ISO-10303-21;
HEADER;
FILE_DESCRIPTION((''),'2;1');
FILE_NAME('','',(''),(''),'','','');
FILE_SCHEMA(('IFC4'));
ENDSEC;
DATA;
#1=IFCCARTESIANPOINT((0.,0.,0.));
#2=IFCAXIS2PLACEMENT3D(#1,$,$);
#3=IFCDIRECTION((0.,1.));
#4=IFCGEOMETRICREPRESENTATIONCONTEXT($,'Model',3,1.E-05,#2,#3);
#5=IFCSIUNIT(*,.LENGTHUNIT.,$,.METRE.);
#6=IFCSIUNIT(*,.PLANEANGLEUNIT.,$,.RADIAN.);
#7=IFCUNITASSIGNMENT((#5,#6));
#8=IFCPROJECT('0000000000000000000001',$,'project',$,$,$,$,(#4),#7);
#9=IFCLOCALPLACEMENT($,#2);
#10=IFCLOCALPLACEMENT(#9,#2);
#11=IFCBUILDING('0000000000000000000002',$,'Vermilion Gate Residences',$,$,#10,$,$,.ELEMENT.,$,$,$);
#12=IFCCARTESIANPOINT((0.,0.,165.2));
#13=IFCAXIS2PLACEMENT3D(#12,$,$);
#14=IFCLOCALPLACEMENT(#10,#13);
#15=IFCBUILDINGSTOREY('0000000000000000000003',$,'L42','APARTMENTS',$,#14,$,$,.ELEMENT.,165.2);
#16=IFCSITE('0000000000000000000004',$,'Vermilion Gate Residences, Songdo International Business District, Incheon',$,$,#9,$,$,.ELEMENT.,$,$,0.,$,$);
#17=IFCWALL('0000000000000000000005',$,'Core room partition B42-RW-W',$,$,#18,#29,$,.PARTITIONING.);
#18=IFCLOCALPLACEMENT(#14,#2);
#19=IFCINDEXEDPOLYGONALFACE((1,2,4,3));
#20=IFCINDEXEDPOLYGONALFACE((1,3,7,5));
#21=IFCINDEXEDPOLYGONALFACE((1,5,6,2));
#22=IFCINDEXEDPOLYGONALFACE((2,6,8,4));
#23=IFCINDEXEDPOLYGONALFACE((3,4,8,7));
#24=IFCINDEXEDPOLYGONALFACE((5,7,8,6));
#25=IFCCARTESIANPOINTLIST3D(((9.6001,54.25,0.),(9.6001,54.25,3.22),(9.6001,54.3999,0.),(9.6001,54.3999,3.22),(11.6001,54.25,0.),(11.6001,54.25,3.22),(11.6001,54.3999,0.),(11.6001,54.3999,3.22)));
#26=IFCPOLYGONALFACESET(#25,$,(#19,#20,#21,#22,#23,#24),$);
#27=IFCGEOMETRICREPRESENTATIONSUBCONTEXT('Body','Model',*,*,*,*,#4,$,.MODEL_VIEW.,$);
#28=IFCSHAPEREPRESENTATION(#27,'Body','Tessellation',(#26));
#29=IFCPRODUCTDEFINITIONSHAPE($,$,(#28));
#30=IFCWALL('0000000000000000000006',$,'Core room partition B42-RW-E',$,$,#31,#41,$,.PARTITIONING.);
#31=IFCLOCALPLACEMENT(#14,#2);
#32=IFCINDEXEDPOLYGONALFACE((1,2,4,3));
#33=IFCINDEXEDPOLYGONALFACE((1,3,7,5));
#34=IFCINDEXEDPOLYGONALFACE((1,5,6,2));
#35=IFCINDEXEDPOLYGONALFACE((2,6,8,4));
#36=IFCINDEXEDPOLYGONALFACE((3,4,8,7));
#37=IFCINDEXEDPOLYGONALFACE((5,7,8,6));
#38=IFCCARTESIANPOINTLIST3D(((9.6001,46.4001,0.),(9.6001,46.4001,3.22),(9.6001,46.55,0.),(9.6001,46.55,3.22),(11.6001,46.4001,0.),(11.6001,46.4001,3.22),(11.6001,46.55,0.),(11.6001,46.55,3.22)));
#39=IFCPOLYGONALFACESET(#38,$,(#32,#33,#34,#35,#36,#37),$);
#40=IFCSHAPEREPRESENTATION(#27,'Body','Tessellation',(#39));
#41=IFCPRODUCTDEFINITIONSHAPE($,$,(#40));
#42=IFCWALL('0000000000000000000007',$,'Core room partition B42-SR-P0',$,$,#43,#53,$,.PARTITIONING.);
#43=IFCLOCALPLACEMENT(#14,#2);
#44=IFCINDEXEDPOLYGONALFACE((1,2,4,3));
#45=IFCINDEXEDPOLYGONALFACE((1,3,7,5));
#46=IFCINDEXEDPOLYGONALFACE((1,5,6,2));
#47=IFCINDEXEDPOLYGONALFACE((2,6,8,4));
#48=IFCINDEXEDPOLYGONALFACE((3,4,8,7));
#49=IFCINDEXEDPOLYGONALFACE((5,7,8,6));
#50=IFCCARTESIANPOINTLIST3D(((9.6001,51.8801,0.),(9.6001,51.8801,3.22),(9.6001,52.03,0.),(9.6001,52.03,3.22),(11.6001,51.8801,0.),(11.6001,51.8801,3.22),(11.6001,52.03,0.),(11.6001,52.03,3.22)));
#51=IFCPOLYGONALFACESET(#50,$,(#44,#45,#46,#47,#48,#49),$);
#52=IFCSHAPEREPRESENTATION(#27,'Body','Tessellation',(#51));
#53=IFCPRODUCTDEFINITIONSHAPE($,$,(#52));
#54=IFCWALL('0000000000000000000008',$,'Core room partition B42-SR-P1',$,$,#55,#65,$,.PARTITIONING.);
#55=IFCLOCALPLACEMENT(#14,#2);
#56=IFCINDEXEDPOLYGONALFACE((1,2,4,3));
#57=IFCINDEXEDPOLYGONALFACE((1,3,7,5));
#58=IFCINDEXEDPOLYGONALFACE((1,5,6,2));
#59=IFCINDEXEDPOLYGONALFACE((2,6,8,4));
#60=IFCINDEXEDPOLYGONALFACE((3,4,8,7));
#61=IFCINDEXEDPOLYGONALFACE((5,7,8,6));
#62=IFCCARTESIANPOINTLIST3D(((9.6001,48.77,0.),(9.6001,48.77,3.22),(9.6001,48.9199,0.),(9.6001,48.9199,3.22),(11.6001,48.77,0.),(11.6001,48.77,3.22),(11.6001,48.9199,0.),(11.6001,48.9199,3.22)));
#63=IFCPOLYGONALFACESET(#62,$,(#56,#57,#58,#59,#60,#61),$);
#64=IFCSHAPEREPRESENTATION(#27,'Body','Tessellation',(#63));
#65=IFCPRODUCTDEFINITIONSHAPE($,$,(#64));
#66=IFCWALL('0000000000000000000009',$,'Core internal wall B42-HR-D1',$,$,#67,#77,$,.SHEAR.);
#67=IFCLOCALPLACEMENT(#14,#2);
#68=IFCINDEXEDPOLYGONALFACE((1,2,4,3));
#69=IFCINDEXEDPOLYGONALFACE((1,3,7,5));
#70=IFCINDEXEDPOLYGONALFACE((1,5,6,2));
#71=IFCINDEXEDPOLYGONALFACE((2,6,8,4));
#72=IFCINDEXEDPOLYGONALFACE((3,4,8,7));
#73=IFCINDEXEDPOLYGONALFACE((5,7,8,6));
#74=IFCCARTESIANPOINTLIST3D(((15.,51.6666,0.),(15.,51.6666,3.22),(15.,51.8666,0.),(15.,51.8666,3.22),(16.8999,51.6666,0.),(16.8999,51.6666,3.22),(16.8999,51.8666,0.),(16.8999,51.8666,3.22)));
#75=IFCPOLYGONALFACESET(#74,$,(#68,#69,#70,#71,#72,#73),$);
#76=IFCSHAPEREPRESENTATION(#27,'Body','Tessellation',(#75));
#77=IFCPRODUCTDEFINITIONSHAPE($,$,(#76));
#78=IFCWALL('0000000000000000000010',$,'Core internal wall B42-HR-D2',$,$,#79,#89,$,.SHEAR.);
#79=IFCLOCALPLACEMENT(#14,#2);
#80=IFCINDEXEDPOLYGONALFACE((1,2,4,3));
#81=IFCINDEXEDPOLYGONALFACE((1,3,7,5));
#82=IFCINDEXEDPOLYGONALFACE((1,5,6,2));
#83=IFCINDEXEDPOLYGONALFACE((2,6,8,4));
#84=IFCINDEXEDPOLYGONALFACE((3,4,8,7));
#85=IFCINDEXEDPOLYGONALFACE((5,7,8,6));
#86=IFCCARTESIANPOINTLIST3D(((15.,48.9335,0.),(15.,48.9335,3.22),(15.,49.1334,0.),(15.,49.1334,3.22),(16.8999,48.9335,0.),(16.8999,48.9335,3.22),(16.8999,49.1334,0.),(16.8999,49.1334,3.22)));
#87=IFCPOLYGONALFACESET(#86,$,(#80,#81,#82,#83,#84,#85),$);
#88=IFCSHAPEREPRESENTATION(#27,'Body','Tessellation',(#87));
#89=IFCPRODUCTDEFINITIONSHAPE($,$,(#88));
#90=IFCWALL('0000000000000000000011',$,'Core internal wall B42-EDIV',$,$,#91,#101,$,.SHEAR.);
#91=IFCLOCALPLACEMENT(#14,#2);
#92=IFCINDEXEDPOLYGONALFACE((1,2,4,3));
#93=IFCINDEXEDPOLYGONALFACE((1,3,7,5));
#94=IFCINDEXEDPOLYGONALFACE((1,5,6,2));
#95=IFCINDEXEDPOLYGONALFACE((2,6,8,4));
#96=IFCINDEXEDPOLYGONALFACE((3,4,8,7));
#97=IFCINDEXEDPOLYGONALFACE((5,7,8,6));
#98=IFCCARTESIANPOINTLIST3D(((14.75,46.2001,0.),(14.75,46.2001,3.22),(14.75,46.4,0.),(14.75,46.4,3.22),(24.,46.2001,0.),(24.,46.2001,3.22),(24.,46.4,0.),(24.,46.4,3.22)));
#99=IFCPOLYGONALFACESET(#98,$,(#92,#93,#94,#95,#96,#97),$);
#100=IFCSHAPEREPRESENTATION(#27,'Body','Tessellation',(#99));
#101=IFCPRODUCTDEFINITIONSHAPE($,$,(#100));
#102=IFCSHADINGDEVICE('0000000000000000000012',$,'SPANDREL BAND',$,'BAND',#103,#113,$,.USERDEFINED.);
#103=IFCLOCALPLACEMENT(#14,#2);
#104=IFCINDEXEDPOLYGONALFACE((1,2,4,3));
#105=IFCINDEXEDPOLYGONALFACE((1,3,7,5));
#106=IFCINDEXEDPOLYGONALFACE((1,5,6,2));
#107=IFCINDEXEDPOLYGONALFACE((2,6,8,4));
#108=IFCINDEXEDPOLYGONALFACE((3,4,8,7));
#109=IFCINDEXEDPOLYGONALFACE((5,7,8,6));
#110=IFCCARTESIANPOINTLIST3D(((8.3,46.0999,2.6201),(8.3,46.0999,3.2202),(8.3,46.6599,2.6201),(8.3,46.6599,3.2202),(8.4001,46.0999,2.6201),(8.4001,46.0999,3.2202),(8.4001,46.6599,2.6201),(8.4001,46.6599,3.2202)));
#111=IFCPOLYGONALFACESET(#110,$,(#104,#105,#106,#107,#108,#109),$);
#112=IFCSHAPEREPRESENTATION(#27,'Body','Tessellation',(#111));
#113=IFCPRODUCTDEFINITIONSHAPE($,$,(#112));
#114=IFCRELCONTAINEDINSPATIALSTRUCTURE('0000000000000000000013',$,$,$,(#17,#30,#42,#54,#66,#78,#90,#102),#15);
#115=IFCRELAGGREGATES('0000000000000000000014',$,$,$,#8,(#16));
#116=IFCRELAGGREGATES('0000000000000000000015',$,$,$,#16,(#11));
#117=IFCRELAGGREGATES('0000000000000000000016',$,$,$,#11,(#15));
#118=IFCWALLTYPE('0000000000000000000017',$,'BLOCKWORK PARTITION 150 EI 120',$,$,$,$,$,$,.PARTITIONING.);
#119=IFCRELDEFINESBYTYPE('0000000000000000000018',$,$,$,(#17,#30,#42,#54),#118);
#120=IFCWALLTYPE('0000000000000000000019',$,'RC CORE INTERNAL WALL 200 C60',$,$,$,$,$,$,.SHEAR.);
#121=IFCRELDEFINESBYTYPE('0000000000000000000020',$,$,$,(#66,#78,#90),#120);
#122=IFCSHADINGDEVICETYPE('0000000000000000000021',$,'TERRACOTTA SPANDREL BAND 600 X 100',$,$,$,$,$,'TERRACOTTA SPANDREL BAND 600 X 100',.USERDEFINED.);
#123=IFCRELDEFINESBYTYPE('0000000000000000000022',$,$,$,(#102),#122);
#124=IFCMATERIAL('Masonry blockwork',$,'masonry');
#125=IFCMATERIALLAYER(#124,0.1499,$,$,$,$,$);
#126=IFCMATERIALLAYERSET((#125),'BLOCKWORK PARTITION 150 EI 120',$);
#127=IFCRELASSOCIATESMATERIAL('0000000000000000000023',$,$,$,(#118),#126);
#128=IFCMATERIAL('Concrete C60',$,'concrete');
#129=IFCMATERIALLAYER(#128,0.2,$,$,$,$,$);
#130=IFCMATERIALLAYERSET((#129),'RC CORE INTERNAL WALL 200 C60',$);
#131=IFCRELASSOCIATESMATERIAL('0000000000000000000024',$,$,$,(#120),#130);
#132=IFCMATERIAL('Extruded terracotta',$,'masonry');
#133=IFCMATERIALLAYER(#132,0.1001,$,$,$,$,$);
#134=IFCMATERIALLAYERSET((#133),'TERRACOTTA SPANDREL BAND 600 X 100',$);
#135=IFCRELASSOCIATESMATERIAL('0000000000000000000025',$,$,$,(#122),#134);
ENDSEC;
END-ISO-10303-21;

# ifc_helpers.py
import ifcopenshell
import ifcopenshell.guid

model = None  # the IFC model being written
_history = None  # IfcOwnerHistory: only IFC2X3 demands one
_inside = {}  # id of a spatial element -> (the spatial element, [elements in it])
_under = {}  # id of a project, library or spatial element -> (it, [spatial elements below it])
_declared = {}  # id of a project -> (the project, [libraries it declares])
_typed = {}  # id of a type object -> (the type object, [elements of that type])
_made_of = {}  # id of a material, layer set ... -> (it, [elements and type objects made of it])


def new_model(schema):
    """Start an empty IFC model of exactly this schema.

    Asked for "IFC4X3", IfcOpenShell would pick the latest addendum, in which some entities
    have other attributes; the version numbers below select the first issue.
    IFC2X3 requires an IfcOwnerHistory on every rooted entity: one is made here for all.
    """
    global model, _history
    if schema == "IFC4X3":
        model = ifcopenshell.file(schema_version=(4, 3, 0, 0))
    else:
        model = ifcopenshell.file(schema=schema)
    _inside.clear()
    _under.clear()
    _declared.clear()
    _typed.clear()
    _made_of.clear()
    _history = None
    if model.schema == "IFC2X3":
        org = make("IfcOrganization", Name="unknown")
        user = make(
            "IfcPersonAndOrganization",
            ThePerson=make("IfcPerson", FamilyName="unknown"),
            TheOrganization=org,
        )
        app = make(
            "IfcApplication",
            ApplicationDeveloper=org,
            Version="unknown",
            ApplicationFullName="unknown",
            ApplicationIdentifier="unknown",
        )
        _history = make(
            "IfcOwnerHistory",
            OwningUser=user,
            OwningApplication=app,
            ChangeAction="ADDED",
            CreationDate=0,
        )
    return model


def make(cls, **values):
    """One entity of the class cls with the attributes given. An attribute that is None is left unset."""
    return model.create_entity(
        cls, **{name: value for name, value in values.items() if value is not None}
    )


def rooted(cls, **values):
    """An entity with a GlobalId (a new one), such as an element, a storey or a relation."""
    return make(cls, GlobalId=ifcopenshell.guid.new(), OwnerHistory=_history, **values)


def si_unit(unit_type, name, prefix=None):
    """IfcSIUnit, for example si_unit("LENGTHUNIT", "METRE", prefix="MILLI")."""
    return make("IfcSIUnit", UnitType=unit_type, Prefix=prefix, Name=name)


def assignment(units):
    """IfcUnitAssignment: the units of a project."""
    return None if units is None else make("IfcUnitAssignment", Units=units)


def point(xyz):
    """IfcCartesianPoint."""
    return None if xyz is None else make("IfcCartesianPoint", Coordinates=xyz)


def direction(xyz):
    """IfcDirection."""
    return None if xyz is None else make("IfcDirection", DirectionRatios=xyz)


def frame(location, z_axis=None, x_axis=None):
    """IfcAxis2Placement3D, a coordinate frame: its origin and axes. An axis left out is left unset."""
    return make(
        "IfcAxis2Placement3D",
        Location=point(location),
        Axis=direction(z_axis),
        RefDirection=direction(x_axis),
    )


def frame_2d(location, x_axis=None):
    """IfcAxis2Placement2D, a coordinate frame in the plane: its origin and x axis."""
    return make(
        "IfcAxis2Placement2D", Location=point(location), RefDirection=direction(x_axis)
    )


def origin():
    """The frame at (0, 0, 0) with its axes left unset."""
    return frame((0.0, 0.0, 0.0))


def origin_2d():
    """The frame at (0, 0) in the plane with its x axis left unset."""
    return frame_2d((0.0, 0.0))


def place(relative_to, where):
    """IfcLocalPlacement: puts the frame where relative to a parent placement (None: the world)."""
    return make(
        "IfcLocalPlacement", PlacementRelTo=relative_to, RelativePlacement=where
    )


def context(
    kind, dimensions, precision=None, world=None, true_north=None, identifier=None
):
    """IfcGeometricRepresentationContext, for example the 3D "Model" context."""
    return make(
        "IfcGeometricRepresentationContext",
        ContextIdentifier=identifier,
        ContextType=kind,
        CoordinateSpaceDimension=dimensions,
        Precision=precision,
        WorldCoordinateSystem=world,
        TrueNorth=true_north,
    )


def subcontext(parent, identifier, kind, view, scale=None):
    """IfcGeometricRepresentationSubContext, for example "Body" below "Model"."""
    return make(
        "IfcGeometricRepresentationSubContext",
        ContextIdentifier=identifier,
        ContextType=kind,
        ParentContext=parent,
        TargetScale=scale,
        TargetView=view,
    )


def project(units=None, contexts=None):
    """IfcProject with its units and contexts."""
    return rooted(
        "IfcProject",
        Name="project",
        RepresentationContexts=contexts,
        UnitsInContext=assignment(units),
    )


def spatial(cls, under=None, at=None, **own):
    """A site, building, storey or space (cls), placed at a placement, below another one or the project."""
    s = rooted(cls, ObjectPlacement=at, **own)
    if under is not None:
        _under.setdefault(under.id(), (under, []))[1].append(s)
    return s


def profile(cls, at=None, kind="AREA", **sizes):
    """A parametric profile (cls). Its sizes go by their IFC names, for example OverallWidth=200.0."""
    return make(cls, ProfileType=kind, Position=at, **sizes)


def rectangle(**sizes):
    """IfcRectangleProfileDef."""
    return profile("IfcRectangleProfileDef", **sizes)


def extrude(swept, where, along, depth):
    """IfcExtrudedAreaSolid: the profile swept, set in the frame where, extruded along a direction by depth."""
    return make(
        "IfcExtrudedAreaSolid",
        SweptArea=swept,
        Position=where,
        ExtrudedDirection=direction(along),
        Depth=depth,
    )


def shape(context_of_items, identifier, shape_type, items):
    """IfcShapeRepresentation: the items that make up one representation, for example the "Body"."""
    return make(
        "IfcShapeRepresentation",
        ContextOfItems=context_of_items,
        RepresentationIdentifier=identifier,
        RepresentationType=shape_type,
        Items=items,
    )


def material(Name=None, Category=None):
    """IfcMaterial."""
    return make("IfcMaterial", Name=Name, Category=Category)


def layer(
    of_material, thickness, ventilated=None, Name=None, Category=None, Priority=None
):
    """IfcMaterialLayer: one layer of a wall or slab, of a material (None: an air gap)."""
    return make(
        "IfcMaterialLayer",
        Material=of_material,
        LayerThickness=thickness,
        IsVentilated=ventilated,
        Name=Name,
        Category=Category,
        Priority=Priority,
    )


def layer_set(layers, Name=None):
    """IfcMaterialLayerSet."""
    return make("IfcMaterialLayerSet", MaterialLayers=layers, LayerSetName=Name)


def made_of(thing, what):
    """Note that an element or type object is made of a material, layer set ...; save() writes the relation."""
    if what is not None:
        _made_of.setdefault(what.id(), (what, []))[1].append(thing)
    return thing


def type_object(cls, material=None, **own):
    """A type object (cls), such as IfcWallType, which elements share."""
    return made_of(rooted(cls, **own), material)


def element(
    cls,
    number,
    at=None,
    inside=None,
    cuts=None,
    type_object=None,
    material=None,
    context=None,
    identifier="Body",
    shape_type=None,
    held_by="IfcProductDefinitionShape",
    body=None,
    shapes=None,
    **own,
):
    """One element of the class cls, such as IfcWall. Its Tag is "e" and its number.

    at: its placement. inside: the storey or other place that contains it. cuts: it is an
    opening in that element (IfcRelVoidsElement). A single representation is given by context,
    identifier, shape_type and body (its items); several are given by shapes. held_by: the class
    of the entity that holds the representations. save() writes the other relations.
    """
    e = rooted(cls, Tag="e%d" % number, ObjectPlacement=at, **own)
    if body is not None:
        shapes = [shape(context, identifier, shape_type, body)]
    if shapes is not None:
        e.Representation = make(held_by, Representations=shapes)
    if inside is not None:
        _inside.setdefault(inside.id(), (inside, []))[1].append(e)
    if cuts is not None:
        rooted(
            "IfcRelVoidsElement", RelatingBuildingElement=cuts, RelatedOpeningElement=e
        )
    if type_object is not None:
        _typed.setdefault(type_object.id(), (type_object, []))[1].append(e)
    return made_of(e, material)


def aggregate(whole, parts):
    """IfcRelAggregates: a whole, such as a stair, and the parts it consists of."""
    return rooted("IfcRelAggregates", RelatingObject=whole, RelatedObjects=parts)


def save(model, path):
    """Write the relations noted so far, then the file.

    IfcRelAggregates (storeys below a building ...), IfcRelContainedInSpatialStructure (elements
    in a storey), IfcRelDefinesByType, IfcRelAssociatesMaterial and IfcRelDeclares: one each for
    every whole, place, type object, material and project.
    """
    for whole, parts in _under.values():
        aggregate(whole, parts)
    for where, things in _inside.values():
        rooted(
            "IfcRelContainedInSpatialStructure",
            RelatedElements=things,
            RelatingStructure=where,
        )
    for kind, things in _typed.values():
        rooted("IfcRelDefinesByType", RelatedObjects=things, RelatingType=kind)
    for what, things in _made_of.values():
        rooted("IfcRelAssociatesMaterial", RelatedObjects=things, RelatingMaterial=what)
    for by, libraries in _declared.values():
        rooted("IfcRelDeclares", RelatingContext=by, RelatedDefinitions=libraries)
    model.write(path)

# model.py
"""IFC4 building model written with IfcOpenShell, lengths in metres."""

from ifc_helpers import new_model, si_unit, direction, frame, frame_2d, origin, origin_2d, place, context, subcontext, project, spatial, rectangle, extrude, material, layer, layer_set, type_object, element, save


model = new_model("IFC4")

# Units and contexts
model_context = context("Model", 3, precision=1e-05, world=origin(), true_north=direction((0.0, 1.0)))
body_context = subcontext(model_context, "Body", "Model", "MODEL_VIEW")
ifc_project = project(units=[si_unit("LENGTHUNIT", "METRE"), si_unit("PLANEANGLEUNIT", "RADIAN")], contexts=[model_context])

# Site, building, storey
site_placement = place(None, origin())
site = spatial("IfcSite", under=ifc_project, at=site_placement, Name="Vermilion Gate Residences, Songdo International Business District, Incheon", CompositionType="ELEMENT", RefElevation=0.0)
building_placement = place(site_placement, origin())
building = spatial("IfcBuilding", under=site, at=building_placement, Name="Vermilion Gate Residences", CompositionType="ELEMENT")
storey_placement = place(building_placement, frame((0.0, 0.0, 165.2)))
storey = spatial("IfcBuildingStorey", under=building, at=storey_placement, Name="L42", Description="APARTMENTS", CompositionType="ELEMENT", Elevation=165.2)

# Walls
ifc_material_1 = material(Name="Masonry blockwork", Category="masonry")
ifc_layer_1 = layer(ifc_material_1, 0.1499)
ifc_layer_set_1 = layer_set([ifc_layer_1], Name="BLOCKWORK PARTITION 150 EI 120")
wall_type_1 = type_object("IfcWallType", Name="BLOCKWORK PARTITION 150 EI 120", PredefinedType="PARTITIONING", material=ifc_layer_set_1)
for number, where, z_axis, x_axis, name in (
    (1, (9.6001, 54.325, 0.0), (0.0, 0.0, 1.0), (1.0, 0.0, 0.0), "Core room partition B42-RW-W"),
    (2, (9.6001, 46.4751, 0.0), (0.0, 0.0, 1.0), (1.0, 0.0, 0.0), "Core room partition B42-RW-E"),
    (3, (9.6001, 51.9551, 0.0), (0.0, 0.0, 1.0), (1.0, 0.0, 0.0), "Core room partition B42-SR-P0"),
    (4, (9.6001, 48.845, 0.0), (0.0, 0.0, 1.0), (1.0, 0.0, 0.0), "Core room partition B42-SR-P1"),
):
    element("IfcWall", number, at=place(storey_placement, frame(where, z_axis=z_axis, x_axis=x_axis)), inside=storey, type_object=wall_type_1, Name=name, PredefinedType="PARTITIONING", context=body_context, shape_type="SweptSolid", body=[
        extrude(rectangle(XDim=2.0, YDim=0.1499, at=frame_2d((1.0, 0.0))), origin(), (0.0, 0.0, 1.0), 3.22),
    ])
ifc_material_2 = material(Name="Concrete C60", Category="concrete")
ifc_layer_2 = layer(ifc_material_2, 0.2)
ifc_layer_set_2 = layer_set([ifc_layer_2], Name="RC CORE INTERNAL WALL 200 C60")
wall_type_2 = type_object("IfcWallType", Name="RC CORE INTERNAL WALL 200 C60", PredefinedType="SHEAR", material=ifc_layer_set_2)
for number, where, z_axis, x_axis, name in (
    (5, (15.0, 51.7666, 0.0), (0.0, 0.0, 1.0), (1.0, 0.0, 0.0), "Core internal wall B42-HR-D1"),
    (6, (15.0, 49.0334, 0.0), (0.0, 0.0, 1.0), (1.0, 0.0, 0.0), "Core internal wall B42-HR-D2"),
):
    element("IfcWall", number, at=place(storey_placement, frame(where, z_axis=z_axis, x_axis=x_axis)), inside=storey, type_object=wall_type_2, Name=name, PredefinedType="SHEAR", context=body_context, shape_type="SweptSolid", body=[
        extrude(rectangle(XDim=1.8999, YDim=0.2, at=frame_2d((0.95, 0.0))), origin(), (0.0, 0.0, 1.0), 3.22),
    ])
wall_placement = place(storey_placement, frame((14.75, 46.3, 0.0), z_axis=(0.0, 0.0, 1.0), x_axis=(1.0, 0.0, 0.0)))
element("IfcWall", 7, at=wall_placement, inside=storey, type_object=wall_type_2, Name="Core internal wall B42-EDIV", PredefinedType="SHEAR", context=body_context, shape_type="SweptSolid", body=[
    extrude(rectangle(XDim=9.25, YDim=0.2, at=frame_2d((4.625, 0.0))), origin(), (0.0, 0.0, 1.0), 3.22),
])

# Shading device
ifc_material_3 = material(Name="Extruded terracotta", Category="masonry")
ifc_layer_3 = layer(ifc_material_3, 0.1001)
ifc_layer_set_3 = layer_set([ifc_layer_3], Name="TERRACOTTA SPANDREL BAND 600 X 100")
shading_device_type = type_object("IfcShadingDeviceType", Name="TERRACOTTA SPANDREL BAND 600 X 100", ElementType="TERRACOTTA SPANDREL BAND 600 X 100", PredefinedType="USERDEFINED", material=ifc_layer_set_3)
shading_device_placement = place(storey_placement, frame((8.3501, 46.3799, 2.6201), z_axis=(0.0, 0.0, 1.0), x_axis=(0.0, 1.0, 0.0)))
element("IfcShadingDevice", 8, at=shading_device_placement, inside=storey, type_object=shading_device_type, Name="SPANDREL BAND", ObjectType="BAND", PredefinedType="USERDEFINED", context=body_context, shape_type="SweptSolid", body=[
    extrude(rectangle(XDim=0.5601, YDim=0.1001, at=origin_2d()), origin(), (0.0, 0.0, 1.0), 0.6001),
])

save(model, "model.ifc")
